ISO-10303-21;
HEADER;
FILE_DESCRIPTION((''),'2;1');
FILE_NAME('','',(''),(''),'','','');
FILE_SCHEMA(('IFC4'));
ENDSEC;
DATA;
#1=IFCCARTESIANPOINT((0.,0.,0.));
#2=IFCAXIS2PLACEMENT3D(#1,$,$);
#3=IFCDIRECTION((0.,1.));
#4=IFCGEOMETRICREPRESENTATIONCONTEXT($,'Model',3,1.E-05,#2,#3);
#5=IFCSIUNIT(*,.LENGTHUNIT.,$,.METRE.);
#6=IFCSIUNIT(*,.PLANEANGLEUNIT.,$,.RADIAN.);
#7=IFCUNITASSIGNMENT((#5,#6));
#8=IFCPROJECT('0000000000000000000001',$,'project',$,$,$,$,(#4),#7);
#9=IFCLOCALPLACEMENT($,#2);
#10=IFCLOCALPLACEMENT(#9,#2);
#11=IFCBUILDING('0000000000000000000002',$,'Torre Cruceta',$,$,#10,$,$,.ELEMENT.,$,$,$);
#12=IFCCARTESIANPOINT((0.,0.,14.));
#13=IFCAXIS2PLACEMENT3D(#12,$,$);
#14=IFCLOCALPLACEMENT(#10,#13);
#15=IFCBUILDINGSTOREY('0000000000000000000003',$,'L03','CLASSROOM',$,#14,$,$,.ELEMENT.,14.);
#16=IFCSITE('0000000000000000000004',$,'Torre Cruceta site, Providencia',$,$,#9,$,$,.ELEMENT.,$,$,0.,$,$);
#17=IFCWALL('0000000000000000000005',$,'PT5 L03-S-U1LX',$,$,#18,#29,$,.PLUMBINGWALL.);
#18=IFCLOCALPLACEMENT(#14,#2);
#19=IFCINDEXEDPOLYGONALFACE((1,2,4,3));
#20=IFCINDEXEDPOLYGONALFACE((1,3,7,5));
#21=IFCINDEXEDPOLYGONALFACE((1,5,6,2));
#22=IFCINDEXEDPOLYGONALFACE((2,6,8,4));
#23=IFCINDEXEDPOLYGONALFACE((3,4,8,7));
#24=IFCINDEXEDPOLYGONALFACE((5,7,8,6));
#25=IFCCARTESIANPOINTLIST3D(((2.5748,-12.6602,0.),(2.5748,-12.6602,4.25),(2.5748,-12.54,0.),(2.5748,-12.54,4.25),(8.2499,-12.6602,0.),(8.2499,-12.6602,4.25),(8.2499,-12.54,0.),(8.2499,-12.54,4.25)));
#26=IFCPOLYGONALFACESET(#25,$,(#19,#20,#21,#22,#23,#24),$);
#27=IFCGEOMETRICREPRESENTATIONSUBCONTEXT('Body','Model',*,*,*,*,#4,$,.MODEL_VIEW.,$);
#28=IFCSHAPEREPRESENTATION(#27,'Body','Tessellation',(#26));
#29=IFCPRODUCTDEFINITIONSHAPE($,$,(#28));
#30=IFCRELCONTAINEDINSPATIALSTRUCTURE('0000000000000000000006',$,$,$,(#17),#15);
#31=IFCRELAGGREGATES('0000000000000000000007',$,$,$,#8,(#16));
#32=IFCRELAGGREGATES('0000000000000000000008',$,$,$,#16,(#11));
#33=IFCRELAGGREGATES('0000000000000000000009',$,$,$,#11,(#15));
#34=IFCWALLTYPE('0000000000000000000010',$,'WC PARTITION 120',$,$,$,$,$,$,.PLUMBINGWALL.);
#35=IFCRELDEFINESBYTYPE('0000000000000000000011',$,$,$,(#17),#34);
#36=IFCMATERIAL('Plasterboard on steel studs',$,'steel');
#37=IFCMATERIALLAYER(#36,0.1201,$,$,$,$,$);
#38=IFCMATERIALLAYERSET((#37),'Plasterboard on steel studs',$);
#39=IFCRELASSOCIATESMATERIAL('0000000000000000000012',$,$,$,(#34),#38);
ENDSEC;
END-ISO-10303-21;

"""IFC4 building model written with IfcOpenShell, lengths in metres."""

from ifc_helpers import new_model, si_unit, direction, frame, frame_2d, origin, place, context, subcontext, project, spatial, rectangle, extrude, material, layer, layer_set, type_object, element, save


model = new_model("IFC4")

# Units and contexts
model_context = context("Model", 3, precision=1e-05, world=origin(), true_north=direction((0.0, 1.0)))
body_context = subcontext(model_context, "Body", "Model", "MODEL_VIEW")
ifc_project = project(units=[si_unit("LENGTHUNIT", "METRE"), si_unit("PLANEANGLEUNIT", "RADIAN")], contexts=[model_context])

# Site, building, storey
site_placement = place(None, origin())
site = spatial("IfcSite", under=ifc_project, at=site_placement, Name="Torre Cruceta site, Providencia", CompositionType="ELEMENT", RefElevation=0.0)
building_placement = place(site_placement, origin())
building = spatial("IfcBuilding", under=site, at=building_placement, Name="Torre Cruceta", CompositionType="ELEMENT")
storey_placement = place(building_placement, frame((0.0, 0.0, 14.0)))
storey = spatial("IfcBuildingStorey", under=building, at=storey_placement, Name="L03", Description="CLASSROOM", CompositionType="ELEMENT", Elevation=14.0)

# Wall
ifc_material_1 = material(Name="Plasterboard on steel studs", Category="steel")
ifc_layer_1 = layer(ifc_material_1, 0.1201)
ifc_layer_set_1 = layer_set([ifc_layer_1], Name="Plasterboard on steel studs")
wall_type_1 = type_object("IfcWallType", Name="WC PARTITION 120", PredefinedType="PLUMBINGWALL", material=ifc_layer_set_1)
wall_1_placement = place(storey_placement, frame((2.575, -12.6001, 0.0), z_axis=(0.0, 0.0, 1.0), x_axis=(1.0, 0.0, 0.0)))
element("IfcWall", 1, at=wall_1_placement, inside=storey, type_object=wall_type_1, Name="PT5 L03-S-U1LX", PredefinedType="PLUMBINGWALL", context=body_context, shape_type="SweptSolid", body=[
    extrude(rectangle(XDim=5.675, YDim=0.1201, at=frame_2d((2.8374, 0.0))), origin(), (0.0, 0.0, 1.0), 4.25),
])

save(model, "model.ifc")
